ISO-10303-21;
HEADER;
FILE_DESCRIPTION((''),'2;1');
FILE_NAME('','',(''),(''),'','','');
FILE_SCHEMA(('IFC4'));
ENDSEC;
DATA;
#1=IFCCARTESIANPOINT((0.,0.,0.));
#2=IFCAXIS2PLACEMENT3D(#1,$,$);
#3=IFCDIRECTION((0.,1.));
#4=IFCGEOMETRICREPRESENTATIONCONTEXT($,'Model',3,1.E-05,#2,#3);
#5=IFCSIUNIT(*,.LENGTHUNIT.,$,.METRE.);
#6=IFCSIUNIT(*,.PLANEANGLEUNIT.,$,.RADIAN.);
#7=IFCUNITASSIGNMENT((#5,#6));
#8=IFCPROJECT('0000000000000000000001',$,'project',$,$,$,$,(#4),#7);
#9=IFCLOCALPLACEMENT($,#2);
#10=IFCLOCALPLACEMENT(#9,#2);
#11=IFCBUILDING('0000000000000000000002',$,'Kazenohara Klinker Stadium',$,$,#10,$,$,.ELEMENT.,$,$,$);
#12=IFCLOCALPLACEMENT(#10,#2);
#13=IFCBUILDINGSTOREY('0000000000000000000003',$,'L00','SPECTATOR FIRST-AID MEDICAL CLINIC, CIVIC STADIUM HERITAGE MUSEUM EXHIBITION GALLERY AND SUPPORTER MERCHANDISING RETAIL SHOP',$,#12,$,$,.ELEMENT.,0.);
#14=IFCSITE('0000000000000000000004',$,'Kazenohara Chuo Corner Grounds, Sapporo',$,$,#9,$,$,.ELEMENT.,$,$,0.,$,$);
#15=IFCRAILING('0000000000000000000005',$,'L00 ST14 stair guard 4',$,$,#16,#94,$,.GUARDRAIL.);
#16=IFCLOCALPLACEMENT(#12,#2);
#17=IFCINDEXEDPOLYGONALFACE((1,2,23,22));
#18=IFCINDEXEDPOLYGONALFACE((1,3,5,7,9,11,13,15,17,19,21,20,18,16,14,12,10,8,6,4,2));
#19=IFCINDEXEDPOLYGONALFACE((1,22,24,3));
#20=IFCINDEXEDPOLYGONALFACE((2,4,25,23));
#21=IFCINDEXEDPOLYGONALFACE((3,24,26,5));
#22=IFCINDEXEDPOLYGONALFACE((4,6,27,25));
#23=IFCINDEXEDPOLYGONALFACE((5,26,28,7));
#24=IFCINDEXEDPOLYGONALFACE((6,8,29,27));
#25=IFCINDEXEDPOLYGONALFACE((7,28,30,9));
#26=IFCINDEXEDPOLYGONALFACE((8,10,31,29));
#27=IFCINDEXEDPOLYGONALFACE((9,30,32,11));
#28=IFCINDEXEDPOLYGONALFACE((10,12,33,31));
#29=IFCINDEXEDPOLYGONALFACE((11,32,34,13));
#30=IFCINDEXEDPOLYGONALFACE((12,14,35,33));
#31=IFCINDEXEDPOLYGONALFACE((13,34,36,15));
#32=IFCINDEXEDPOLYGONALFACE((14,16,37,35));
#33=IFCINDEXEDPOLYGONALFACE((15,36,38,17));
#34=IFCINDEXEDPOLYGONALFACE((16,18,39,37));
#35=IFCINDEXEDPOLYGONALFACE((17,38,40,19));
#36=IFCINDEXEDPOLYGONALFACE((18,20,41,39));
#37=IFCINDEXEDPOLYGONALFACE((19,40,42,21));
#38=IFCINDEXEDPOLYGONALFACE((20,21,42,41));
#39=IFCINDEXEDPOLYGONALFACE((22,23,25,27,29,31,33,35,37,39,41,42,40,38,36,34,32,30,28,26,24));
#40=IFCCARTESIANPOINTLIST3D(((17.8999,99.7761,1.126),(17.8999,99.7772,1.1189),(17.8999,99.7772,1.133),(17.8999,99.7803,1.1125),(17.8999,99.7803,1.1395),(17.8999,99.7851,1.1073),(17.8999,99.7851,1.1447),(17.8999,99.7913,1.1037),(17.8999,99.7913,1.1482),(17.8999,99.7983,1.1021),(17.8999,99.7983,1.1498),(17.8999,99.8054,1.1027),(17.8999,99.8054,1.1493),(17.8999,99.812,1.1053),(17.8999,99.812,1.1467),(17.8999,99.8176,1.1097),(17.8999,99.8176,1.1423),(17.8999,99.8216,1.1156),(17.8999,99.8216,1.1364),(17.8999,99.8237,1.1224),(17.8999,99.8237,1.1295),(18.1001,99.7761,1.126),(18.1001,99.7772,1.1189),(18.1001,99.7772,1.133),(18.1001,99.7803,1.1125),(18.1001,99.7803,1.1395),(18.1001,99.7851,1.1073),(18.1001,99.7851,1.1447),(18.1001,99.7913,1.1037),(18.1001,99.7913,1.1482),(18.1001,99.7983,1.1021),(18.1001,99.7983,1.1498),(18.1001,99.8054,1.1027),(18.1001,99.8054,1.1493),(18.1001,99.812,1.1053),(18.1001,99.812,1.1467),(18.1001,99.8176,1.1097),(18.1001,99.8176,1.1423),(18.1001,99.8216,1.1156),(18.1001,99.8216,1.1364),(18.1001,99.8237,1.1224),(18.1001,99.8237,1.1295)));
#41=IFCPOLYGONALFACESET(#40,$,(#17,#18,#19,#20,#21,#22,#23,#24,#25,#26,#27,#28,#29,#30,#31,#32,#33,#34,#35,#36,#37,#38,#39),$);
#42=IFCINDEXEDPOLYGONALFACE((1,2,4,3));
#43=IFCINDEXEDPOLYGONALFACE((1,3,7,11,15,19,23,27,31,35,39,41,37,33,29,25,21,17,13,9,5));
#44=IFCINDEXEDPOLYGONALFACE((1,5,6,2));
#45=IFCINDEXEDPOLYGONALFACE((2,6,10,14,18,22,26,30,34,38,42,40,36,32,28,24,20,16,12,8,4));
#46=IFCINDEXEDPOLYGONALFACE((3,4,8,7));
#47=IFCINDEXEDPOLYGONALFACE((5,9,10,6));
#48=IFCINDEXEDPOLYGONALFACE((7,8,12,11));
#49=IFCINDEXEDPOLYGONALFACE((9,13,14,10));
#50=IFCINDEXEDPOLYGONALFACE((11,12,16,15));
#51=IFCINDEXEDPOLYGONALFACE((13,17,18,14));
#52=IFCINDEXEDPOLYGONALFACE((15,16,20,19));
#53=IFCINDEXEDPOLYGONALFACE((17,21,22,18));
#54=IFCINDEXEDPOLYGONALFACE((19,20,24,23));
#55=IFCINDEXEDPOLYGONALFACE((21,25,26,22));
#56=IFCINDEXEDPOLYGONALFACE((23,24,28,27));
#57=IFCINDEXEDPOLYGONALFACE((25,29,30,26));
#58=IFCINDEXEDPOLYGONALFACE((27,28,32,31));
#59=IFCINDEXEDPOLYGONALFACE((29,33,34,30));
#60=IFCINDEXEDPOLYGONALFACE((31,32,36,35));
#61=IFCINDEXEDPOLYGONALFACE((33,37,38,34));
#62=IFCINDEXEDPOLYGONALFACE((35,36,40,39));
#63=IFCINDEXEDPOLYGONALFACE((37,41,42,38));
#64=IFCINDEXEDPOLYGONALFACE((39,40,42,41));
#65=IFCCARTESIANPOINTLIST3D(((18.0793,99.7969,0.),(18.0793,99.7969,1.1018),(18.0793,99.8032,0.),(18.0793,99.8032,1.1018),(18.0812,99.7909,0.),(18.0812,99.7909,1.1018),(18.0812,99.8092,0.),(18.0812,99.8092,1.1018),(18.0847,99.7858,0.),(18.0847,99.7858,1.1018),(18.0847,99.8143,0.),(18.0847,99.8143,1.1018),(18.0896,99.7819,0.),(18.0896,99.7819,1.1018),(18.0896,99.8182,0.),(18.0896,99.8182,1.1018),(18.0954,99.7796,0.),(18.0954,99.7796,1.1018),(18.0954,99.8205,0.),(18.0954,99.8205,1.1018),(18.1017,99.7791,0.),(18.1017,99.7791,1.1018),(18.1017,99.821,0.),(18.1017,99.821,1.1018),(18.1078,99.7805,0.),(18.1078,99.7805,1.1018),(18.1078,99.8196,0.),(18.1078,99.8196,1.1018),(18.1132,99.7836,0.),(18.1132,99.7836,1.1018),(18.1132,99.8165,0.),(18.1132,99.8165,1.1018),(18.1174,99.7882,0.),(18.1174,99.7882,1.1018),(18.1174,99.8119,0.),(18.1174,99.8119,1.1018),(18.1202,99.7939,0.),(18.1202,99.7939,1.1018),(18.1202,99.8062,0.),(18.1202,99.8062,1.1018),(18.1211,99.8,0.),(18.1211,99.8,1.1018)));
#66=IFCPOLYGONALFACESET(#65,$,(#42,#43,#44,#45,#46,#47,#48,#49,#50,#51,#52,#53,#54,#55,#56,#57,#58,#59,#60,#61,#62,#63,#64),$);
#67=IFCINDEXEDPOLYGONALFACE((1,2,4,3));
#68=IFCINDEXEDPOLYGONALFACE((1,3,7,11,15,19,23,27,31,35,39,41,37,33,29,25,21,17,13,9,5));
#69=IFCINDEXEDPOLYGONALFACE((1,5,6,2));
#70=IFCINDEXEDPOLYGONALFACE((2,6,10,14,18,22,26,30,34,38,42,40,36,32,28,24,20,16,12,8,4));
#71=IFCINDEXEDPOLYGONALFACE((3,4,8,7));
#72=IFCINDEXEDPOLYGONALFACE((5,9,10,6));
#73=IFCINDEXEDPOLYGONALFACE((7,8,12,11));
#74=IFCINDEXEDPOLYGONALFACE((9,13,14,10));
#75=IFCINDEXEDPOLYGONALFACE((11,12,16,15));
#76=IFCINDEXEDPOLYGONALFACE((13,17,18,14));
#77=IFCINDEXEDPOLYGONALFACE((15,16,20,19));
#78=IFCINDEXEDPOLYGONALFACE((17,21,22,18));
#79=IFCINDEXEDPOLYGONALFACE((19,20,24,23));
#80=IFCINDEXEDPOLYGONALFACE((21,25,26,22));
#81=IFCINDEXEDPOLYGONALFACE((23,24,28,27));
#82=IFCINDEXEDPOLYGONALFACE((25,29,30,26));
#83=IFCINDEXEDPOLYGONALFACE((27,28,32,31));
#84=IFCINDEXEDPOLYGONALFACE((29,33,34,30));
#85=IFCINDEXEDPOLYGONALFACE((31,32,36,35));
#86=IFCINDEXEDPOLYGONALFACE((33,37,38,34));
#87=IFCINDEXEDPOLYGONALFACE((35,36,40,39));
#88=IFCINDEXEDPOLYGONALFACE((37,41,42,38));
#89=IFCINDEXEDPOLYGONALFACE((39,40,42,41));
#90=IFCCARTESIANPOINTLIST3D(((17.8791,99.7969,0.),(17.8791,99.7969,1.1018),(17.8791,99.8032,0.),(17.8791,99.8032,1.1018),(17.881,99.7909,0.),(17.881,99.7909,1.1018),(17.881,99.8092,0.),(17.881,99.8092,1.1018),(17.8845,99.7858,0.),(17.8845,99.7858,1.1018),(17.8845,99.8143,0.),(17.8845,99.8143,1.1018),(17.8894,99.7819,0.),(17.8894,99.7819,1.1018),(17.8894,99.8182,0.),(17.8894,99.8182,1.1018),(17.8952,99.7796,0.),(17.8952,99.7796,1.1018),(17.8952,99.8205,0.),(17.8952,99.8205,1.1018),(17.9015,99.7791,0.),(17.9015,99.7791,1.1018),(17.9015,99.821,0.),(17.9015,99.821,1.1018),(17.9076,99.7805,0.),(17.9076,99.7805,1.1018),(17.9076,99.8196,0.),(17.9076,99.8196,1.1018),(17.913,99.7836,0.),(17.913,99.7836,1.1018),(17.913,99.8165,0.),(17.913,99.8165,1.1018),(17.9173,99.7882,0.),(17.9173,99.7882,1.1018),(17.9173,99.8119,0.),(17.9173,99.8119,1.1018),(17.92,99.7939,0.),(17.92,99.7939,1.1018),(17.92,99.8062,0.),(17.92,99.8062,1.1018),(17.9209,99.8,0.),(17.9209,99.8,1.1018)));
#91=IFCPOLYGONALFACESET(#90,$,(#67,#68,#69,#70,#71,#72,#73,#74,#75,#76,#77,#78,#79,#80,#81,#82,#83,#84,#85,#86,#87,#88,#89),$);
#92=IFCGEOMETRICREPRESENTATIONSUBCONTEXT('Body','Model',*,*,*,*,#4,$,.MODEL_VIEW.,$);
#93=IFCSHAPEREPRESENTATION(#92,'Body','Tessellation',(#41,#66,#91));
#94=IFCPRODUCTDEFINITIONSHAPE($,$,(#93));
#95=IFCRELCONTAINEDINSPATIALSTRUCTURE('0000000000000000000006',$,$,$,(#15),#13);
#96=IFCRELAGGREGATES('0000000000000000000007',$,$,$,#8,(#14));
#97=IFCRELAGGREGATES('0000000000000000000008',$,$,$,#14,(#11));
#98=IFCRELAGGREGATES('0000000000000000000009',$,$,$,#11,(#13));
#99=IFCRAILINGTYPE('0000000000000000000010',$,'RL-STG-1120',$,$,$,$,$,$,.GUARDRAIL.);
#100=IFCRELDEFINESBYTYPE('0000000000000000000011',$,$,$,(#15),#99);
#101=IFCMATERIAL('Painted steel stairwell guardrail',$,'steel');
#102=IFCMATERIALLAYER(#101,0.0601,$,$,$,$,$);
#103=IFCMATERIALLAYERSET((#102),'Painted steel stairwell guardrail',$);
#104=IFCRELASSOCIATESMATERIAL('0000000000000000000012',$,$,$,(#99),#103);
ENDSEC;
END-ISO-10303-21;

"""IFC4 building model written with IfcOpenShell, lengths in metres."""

from ifc_helpers import new_model, si_unit, direction, frame, origin, origin_2d, place, context, subcontext, project, spatial, circle, extrude, material, layer, layer_set, type_object, element, save


model = new_model("IFC4")

# Units and contexts
model_context = context("Model", 3, precision=1e-05, world=origin(), true_north=direction((0.0, 1.0)))
body_context = subcontext(model_context, "Body", "Model", "MODEL_VIEW")
ifc_project = project(units=[si_unit("LENGTHUNIT", "METRE"), si_unit("PLANEANGLEUNIT", "RADIAN")], contexts=[model_context])

# Site, building, storey
site_placement = place(None, origin())
site = spatial("IfcSite", under=ifc_project, at=site_placement, Name="Kazenohara Chuo Corner Grounds, Sapporo", CompositionType="ELEMENT", RefElevation=0.0)
building_placement = place(site_placement, origin())
building = spatial("IfcBuilding", under=site, at=building_placement, Name="Kazenohara Klinker Stadium", CompositionType="ELEMENT")
storey_placement = place(building_placement, origin())
storey = spatial("IfcBuildingStorey", under=building, at=storey_placement, Name="L00", Description="SPECTATOR FIRST-AID MEDICAL CLINIC, CIVIC STADIUM HERITAGE MUSEUM EXHIBITION GALLERY AND SUPPORTER MERCHANDISING RETAIL SHOP", CompositionType="ELEMENT", Elevation=0.0)

# Railing
ifc_material_1 = material(Name="Painted steel stairwell guardrail", Category="steel")
ifc_layer_1 = layer(ifc_material_1, 0.0601)
ifc_layer_set_1 = layer_set([ifc_layer_1], Name="Painted steel stairwell guardrail")
railing_type_1 = type_object("IfcRailingType", Name="RL-STG-1120", PredefinedType="GUARDRAIL", material=ifc_layer_set_1)
railing_1_placement = place(storey_placement, frame((18.1001, 99.8, 0.0)))
element("IfcRailing", 1, at=railing_1_placement, inside=storey, type_object=railing_type_1, Name="L00 ST14 stair guard 4", PredefinedType="GUARDRAIL", context=body_context, shape_type="SweptSolid", body=[
    extrude(circle(Radius=0.0239, at=origin_2d()), frame((0.0, 0.0, 1.126), z_axis=(-1.0, 0.0, 0.0), x_axis=(0.0, -1.0, 0.0)), (0.0, 0.0, 1.0), 0.2002),
    extrude(circle(Radius=0.021, at=origin_2d()), origin(), (0.0, 0.0, 1.0), 1.1018),
    extrude(circle(Radius=0.021, at=origin_2d()), frame((-0.2002, 0.0, 0.0)), (0.0, 0.0, 1.0), 1.1018),
])

save(model, "model.ifc")
